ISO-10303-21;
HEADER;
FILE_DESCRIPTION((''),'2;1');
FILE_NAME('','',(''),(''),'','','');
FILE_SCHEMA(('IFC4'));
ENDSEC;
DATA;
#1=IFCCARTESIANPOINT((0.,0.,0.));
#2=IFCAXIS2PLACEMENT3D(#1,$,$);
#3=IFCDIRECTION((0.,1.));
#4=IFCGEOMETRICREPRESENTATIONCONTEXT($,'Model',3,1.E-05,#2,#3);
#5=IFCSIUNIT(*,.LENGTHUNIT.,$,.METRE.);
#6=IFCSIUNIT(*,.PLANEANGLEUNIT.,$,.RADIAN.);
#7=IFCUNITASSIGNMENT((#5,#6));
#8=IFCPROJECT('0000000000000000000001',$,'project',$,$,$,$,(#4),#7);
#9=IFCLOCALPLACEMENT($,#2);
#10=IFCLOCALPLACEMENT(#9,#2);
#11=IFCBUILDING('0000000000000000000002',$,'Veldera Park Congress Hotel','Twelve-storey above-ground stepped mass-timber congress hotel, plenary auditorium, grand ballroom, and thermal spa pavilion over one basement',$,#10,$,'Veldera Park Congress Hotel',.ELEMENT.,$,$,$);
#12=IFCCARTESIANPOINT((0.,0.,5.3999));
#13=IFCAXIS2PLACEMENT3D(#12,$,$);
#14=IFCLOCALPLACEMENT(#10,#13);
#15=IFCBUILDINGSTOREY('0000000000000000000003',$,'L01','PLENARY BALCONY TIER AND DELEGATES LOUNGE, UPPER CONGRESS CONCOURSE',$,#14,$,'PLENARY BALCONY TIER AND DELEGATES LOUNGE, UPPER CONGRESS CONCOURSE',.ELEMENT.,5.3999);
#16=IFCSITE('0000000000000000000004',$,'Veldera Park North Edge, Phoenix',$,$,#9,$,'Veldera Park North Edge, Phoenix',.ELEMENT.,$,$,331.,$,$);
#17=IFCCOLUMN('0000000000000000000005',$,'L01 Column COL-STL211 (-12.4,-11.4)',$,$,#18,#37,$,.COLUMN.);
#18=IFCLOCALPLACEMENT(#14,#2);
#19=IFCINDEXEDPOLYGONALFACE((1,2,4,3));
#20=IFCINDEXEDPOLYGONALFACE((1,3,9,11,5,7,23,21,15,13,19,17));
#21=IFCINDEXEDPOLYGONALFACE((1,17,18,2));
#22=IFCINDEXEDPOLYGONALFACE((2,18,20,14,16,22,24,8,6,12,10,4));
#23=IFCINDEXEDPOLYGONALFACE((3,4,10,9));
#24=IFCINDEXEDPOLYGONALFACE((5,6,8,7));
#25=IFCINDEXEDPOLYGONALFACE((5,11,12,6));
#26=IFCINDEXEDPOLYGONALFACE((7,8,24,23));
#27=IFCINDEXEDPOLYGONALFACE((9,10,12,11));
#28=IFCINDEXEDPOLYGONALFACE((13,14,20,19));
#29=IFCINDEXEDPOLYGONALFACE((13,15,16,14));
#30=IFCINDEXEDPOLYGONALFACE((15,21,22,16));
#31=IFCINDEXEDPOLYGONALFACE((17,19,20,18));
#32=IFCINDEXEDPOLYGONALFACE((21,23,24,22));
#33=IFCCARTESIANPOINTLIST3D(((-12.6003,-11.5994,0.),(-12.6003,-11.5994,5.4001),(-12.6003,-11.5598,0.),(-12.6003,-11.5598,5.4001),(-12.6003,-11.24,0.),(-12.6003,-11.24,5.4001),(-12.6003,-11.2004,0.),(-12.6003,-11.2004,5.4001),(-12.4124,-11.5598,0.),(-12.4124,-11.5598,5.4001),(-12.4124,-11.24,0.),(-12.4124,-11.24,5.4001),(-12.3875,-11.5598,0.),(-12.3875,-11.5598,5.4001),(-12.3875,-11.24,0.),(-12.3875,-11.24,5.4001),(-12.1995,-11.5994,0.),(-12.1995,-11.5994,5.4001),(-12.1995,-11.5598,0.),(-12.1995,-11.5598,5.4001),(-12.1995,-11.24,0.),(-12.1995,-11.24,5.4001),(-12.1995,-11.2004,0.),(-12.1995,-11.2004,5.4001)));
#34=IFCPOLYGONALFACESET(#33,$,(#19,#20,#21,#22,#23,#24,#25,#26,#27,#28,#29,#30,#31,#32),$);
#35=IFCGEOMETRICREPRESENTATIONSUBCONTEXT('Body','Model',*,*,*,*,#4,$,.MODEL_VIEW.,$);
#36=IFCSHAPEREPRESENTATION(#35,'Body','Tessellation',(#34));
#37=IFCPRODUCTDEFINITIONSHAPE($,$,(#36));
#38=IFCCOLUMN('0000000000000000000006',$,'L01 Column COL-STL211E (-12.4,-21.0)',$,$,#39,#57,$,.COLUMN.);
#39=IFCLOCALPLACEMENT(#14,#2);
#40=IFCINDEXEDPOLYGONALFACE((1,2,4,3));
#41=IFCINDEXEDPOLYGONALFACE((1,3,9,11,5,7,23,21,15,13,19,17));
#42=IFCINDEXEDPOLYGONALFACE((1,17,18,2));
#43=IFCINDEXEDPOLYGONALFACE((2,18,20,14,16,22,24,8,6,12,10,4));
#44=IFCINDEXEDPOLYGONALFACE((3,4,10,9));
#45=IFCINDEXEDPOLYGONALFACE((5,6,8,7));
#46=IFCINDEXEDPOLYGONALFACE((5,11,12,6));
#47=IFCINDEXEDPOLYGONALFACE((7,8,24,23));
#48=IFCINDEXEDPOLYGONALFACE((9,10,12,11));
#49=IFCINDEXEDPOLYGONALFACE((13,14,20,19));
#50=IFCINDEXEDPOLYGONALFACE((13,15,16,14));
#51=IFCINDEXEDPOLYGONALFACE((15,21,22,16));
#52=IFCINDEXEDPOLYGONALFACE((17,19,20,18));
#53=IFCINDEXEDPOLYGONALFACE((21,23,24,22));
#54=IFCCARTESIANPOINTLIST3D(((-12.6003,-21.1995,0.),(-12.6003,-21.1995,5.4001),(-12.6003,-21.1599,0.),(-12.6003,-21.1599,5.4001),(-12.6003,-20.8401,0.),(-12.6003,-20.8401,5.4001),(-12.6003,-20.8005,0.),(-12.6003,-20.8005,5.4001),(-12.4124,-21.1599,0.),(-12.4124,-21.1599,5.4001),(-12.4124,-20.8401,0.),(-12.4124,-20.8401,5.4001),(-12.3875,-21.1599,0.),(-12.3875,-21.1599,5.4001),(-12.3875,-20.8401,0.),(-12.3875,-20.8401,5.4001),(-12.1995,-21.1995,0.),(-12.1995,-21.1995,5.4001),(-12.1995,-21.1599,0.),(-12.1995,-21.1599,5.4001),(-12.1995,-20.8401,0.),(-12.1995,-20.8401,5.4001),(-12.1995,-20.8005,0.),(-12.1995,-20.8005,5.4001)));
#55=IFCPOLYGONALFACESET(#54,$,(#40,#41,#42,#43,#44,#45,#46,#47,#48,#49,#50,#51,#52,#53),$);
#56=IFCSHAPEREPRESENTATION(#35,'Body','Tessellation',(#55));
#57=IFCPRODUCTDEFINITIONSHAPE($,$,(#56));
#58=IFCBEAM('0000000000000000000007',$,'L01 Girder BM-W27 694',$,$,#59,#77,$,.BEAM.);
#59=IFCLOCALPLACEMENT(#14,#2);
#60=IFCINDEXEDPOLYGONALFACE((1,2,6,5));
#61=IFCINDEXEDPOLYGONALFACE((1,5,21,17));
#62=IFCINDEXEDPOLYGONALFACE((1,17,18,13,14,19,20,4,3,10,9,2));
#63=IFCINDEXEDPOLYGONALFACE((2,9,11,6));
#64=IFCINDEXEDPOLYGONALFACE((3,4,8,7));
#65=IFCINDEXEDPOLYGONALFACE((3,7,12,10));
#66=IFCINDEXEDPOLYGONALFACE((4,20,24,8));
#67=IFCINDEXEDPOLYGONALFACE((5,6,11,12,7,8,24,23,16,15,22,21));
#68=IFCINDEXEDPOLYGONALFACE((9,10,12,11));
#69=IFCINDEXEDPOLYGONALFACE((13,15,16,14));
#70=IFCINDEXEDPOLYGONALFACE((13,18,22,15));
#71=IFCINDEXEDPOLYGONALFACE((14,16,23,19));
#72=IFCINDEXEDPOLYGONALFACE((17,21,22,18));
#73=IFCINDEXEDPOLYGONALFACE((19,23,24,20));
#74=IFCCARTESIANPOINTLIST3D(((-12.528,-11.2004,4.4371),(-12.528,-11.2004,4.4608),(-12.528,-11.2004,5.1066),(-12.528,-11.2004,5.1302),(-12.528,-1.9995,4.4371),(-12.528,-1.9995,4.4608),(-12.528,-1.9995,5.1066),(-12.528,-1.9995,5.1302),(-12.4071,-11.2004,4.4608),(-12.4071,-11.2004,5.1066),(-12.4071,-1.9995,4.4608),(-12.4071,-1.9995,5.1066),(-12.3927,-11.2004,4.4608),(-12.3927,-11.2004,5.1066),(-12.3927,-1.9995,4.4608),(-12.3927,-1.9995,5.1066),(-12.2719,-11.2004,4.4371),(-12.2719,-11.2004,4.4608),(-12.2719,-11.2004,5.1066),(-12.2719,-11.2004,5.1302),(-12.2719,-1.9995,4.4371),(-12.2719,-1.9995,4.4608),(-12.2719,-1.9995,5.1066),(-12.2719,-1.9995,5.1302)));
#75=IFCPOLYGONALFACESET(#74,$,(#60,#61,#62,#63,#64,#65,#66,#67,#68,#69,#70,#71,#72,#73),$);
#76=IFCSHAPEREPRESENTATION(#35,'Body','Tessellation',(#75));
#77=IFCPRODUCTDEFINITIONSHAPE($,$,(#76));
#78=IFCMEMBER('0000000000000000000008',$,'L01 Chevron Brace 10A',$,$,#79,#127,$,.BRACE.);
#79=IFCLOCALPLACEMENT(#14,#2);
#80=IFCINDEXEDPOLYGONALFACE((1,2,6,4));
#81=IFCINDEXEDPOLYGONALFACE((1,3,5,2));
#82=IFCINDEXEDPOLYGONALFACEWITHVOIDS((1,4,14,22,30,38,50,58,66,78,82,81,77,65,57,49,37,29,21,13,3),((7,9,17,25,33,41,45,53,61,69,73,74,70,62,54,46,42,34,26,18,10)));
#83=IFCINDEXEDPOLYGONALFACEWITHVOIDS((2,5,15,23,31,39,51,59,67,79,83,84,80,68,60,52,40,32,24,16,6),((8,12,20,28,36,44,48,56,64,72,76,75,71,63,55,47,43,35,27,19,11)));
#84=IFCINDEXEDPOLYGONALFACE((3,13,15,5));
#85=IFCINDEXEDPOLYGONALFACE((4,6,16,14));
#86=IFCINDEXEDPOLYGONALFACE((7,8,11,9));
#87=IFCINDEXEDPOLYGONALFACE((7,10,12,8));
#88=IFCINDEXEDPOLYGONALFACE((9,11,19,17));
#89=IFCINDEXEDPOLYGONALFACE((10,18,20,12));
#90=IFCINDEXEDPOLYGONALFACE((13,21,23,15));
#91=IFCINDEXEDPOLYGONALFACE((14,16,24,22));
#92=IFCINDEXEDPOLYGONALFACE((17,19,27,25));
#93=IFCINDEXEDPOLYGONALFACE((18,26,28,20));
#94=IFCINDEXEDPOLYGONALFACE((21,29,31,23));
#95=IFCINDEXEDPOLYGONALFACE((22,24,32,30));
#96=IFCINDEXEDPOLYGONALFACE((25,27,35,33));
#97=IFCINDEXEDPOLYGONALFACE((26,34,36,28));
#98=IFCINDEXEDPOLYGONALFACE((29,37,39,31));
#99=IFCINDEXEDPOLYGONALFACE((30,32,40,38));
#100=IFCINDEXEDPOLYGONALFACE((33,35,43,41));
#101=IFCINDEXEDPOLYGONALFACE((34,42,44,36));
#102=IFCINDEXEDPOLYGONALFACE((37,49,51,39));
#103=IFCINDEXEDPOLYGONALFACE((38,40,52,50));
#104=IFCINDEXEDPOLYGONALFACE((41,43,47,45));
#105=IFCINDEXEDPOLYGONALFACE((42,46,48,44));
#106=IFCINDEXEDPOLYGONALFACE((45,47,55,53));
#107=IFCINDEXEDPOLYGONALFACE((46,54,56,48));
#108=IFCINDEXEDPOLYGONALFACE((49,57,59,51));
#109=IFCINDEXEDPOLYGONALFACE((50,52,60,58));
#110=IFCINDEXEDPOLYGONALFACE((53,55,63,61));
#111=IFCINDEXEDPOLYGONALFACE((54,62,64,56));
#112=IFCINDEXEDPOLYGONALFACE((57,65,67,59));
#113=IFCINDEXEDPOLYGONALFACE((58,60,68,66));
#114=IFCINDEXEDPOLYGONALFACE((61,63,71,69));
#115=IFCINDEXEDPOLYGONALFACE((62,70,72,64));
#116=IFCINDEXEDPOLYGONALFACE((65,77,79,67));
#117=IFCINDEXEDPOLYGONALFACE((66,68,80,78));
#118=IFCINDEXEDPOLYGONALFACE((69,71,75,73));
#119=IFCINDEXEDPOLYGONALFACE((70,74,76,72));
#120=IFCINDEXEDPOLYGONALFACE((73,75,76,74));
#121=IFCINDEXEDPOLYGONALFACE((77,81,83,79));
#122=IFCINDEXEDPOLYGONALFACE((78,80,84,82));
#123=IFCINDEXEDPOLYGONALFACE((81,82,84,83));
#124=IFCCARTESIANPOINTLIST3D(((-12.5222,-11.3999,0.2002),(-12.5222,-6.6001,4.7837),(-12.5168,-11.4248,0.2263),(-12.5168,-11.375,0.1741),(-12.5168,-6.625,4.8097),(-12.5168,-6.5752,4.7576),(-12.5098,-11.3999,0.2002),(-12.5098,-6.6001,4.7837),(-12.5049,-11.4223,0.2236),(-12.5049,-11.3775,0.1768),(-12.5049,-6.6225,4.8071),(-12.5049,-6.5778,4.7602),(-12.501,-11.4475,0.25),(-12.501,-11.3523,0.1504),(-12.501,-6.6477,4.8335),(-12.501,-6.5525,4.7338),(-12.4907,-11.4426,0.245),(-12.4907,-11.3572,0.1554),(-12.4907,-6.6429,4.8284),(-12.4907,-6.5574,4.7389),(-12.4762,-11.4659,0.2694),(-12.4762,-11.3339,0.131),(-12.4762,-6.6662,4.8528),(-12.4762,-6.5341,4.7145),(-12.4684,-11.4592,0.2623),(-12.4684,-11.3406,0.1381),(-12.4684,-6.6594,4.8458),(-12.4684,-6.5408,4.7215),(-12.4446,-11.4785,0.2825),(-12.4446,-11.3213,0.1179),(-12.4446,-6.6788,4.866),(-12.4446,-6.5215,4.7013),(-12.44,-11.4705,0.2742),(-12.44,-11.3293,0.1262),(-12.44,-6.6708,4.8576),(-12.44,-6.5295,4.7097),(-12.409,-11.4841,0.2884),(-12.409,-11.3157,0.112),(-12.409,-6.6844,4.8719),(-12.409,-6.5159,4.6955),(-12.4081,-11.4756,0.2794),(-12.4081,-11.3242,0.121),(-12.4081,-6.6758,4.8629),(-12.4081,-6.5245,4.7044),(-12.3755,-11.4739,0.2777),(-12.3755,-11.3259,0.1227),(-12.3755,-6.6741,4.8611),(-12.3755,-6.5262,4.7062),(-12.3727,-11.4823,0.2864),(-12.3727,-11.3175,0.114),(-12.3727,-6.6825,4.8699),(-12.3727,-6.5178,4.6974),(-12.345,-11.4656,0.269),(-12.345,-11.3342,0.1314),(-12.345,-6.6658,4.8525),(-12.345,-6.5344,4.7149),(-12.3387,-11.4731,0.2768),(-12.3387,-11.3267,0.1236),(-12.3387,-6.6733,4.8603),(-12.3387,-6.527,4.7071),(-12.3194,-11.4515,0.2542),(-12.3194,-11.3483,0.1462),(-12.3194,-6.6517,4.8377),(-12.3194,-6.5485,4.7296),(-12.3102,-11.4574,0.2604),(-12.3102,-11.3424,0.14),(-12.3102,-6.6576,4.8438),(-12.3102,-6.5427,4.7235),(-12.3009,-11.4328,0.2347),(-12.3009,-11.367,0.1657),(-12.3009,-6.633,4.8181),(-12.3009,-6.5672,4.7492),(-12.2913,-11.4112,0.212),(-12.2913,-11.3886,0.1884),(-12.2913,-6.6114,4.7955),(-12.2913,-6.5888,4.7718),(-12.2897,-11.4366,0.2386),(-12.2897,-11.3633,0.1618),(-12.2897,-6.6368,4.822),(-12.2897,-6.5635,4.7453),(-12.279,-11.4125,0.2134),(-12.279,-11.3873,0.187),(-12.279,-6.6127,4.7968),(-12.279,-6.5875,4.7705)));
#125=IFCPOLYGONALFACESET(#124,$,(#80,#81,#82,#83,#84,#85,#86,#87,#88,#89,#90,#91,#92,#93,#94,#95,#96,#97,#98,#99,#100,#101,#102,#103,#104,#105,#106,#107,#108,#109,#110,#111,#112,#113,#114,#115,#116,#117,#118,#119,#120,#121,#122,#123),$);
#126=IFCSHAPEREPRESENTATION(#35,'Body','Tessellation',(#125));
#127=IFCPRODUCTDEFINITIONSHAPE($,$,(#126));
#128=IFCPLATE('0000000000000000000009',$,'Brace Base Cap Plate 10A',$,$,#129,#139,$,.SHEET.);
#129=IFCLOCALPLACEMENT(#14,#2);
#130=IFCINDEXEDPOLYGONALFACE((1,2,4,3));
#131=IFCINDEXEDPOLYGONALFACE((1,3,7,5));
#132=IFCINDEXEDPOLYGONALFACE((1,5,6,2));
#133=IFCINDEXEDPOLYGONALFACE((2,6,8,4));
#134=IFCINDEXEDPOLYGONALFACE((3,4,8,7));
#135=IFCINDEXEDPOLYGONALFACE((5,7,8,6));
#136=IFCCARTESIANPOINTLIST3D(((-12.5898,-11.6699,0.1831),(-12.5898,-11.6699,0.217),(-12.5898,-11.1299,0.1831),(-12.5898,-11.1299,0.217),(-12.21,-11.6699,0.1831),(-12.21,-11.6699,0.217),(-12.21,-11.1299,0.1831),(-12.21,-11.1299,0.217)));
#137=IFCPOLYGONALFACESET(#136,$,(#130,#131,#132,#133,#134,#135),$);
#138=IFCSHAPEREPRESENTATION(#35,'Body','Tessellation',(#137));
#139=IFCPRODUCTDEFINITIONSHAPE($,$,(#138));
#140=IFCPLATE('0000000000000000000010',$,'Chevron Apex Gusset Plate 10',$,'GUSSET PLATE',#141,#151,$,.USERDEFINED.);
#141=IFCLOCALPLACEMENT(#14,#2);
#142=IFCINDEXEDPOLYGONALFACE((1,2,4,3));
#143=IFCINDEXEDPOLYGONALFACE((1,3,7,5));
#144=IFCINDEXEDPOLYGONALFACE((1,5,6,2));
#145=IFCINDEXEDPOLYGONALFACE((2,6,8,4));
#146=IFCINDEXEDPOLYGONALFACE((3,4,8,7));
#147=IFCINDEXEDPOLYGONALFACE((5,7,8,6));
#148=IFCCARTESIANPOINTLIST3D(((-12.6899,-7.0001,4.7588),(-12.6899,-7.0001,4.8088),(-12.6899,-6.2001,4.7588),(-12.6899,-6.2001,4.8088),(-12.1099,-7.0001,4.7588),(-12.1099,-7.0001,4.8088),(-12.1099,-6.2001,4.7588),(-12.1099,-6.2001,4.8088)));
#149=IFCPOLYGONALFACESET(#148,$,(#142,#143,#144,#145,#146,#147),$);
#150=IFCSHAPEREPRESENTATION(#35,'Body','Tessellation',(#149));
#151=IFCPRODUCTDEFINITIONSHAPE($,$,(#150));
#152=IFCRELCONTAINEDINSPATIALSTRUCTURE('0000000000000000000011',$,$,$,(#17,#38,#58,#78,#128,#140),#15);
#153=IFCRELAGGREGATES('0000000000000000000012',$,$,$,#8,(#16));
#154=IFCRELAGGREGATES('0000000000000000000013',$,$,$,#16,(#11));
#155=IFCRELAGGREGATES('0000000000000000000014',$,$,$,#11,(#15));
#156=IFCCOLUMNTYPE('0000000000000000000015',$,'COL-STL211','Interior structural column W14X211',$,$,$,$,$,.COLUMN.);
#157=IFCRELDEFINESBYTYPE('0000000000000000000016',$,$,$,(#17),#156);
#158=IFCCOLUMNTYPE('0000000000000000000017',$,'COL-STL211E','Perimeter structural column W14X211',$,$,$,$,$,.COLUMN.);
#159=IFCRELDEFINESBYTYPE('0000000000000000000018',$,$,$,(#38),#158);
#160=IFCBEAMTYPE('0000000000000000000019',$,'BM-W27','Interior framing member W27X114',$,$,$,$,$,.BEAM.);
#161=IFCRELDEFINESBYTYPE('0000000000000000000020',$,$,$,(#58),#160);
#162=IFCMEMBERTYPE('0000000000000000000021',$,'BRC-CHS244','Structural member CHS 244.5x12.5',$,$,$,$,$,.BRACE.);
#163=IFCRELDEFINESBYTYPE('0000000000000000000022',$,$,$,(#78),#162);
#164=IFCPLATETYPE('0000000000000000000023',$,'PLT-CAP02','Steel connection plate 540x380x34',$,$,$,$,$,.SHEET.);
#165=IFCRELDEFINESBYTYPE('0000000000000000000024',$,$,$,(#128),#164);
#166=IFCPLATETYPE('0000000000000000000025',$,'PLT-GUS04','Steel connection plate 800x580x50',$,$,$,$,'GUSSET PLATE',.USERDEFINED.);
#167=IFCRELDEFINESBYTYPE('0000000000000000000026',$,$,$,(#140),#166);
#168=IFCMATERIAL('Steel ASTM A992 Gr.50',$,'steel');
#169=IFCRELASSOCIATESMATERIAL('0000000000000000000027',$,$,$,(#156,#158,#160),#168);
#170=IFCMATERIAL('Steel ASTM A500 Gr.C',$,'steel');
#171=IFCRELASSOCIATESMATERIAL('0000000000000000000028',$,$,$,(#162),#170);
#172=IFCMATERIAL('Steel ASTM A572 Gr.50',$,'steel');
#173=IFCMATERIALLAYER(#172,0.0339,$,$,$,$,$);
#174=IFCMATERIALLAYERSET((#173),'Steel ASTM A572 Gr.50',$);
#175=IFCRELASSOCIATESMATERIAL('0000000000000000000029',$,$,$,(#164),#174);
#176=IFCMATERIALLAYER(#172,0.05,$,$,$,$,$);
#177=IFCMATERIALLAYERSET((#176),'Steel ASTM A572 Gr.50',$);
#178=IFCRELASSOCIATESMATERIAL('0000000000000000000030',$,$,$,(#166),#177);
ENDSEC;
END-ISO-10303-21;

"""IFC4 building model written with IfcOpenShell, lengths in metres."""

from ifc_helpers import new_model, si_unit, direction, frame, origin, origin_2d, place, context, subcontext, project, spatial, rectangle, hollow_circle, i_section, extrude, material, layer, layer_set, material_profile, profile_set, type_object, element, save


model = new_model("IFC4")

# Units and contexts
model_context = context("Model", 3, precision=1e-05, world=origin(), true_north=direction((0.0, 1.0)))
body_context = subcontext(model_context, "Body", "Model", "MODEL_VIEW")
ifc_project = project(units=[si_unit("LENGTHUNIT", "METRE"), si_unit("PLANEANGLEUNIT", "RADIAN")], contexts=[model_context])

# Site, building, storey
site_placement = place(None, origin())
site = spatial("IfcSite", under=ifc_project, at=site_placement, Name="Veldera Park North Edge, Phoenix", LongName="Veldera Park North Edge, Phoenix", CompositionType="ELEMENT", RefElevation=331.0)
building_placement = place(site_placement, origin())
building = spatial("IfcBuilding", under=site, at=building_placement, Name="Veldera Park Congress Hotel", Description="Twelve-storey above-ground stepped mass-timber congress hotel, plenary auditorium, grand ballroom, and thermal spa pavilion over one basement", LongName="Veldera Park Congress Hotel", CompositionType="ELEMENT")
storey_placement = place(building_placement, frame((0.0, 0.0, 5.3999)))
storey = spatial("IfcBuildingStorey", under=building, at=storey_placement, Name="L01", Description="PLENARY BALCONY TIER AND DELEGATES LOUNGE, UPPER CONGRESS CONCOURSE", LongName="PLENARY BALCONY TIER AND DELEGATES LOUNGE, UPPER CONGRESS CONCOURSE", CompositionType="ELEMENT", Elevation=5.3999)

# Columns
ifc_material_1 = material(Name="Steel ASTM A992 Gr.50", Category="steel")
ifc_material_profile_1 = material_profile(ifc_material_1, i_section(OverallWidth=0.4009, OverallDepth=0.3989, WebThickness=0.0249, FlangeThickness=0.0396, at=origin_2d()), Name="W14X211")
ifc_profile_set_1 = profile_set([ifc_material_profile_1], Name="Steel ASTM A992 Gr.50")
column_type_1 = type_object("IfcColumnType", Name="COL-STL211", Description="Interior structural column W14X211", PredefinedType="COLUMN", material=ifc_profile_set_1)
column_1_placement = place(storey_placement, frame((-12.3999, -11.3999, 0.0), z_axis=(0.0, 0.0, 1.0), x_axis=(1.0, 0.0, 0.0)))
element("IfcColumn", 1, at=column_1_placement, inside=storey, type_object=column_type_1, Name="L01 Column COL-STL211 (-12.4,-11.4)", PredefinedType="COLUMN", context=body_context, shape_type="SweptSolid", body=[
    extrude(i_section(OverallWidth=0.4009, OverallDepth=0.3989, WebThickness=0.0249, FlangeThickness=0.0396, at=origin_2d()), origin(), (0.0, 0.0, 1.0), 5.4001),
])
ifc_material_profile_2 = material_profile(ifc_material_1, i_section(OverallWidth=0.4009, OverallDepth=0.3989, WebThickness=0.0249, FlangeThickness=0.0396, at=origin_2d()), Name="W14X211")
ifc_profile_set_2 = profile_set([ifc_material_profile_2], Name="Steel ASTM A992 Gr.50")
column_type_2 = type_object("IfcColumnType", Name="COL-STL211E", Description="Perimeter structural column W14X211", PredefinedType="COLUMN", material=ifc_profile_set_2)
column_2_placement = place(storey_placement, frame((-12.3999, -21.0, 0.0), z_axis=(0.0, 0.0, 1.0), x_axis=(1.0, 0.0, 0.0)))
element("IfcColumn", 2, at=column_2_placement, inside=storey, type_object=column_type_2, Name="L01 Column COL-STL211E (-12.4,-21.0)", PredefinedType="COLUMN", context=body_context, shape_type="SweptSolid", body=[
    extrude(i_section(OverallWidth=0.4009, OverallDepth=0.3989, WebThickness=0.0249, FlangeThickness=0.0396, at=origin_2d()), origin(), (0.0, 0.0, 1.0), 5.4001),
])

# Beam
ifc_material_profile_3 = material_profile(ifc_material_1, i_section(OverallWidth=0.2561, OverallDepth=0.6931, WebThickness=0.0144, FlangeThickness=0.0237, at=origin_2d()), Name="W27X114")
ifc_profile_set_3 = profile_set([ifc_material_profile_3], Name="Steel ASTM A992 Gr.50")
beam_type = type_object("IfcBeamType", Name="BM-W27", Description="Interior framing member W27X114", PredefinedType="BEAM", material=ifc_profile_set_3)
beam_placement = place(storey_placement, frame((-12.3999, -11.2004, 4.7837), z_axis=(0.0, 1.0, 0.0), x_axis=(-1.0, 0.0, 0.0)))
element("IfcBeam", 3, at=beam_placement, inside=storey, type_object=beam_type, Name="L01 Girder BM-W27 694", PredefinedType="BEAM", context=body_context, shape_type="SweptSolid", body=[
    extrude(i_section(OverallWidth=0.2561, OverallDepth=0.6931, WebThickness=0.0144, FlangeThickness=0.0237, at=origin_2d()), origin(), (0.0, 0.0, 1.0), 9.2009),
])

# Member
ifc_material_2 = material(Name="Steel ASTM A500 Gr.C", Category="steel")
ifc_material_profile_4 = material_profile(ifc_material_2, hollow_circle(Radius=0.1223, WallThickness=0.0125, at=origin_2d()), Name="CHS 244.5x12.5")
ifc_profile_set_4 = profile_set([ifc_material_profile_4], Name="Steel ASTM A500 Gr.C")
member_type = type_object("IfcMemberType", Name="BRC-CHS244", Description="Structural member CHS 244.5x12.5", PredefinedType="BRACE", material=ifc_profile_set_4)
member_placement = place(storey_placement, frame((-12.3999, -11.3999, 0.2002), z_axis=(0.0, 0.723215, 0.690623), x_axis=(-1.0, 0.0, 0.0)))
element("IfcMember", 4, at=member_placement, inside=storey, type_object=member_type, Name="L01 Chevron Brace 10A", PredefinedType="BRACE", context=body_context, shape_type="SweptSolid", body=[
    extrude(hollow_circle(Radius=0.1223, WallThickness=0.0125, at=origin_2d()), origin(), (0.0, 0.0, 1.0), 6.6367),
])

# Plates
ifc_material_3 = material(Name="Steel ASTM A572 Gr.50", Category="steel")
ifc_layer_1 = layer(ifc_material_3, 0.0339)
ifc_layer_set_1 = layer_set([ifc_layer_1], Name="Steel ASTM A572 Gr.50")
plate_type_1 = type_object("IfcPlateType", Name="PLT-CAP02", Description="Steel connection plate 540x380x34", PredefinedType="SHEET", material=ifc_layer_set_1)
plate_1_placement = place(storey_placement, frame((-12.3999, -11.3999, 0.1831), z_axis=(0.0, 0.0, 1.0), x_axis=(0.0, 1.0, 0.0)))
element("IfcPlate", 5, at=plate_1_placement, inside=storey, type_object=plate_type_1, Name="Brace Base Cap Plate 10A", PredefinedType="SHEET", context=body_context, shape_type="SweptSolid", body=[
    extrude(rectangle(XDim=0.54, YDim=0.3799, at=origin_2d()), origin(), (0.0, 0.0, 1.0), 0.0339),
])
ifc_layer_2 = layer(ifc_material_3, 0.05)
ifc_layer_set_2 = layer_set([ifc_layer_2], Name="Steel ASTM A572 Gr.50")
plate_type_2 = type_object("IfcPlateType", Name="PLT-GUS04", Description="Steel connection plate 800x580x50", ElementType="GUSSET PLATE", PredefinedType="USERDEFINED", material=ifc_layer_set_2)
plate_2_placement = place(storey_placement, frame((-12.3999, -6.6001, 4.7588), z_axis=(0.0, 0.0, 1.0), x_axis=(0.0, 1.0, 0.0)))
element("IfcPlate", 6, at=plate_2_placement, inside=storey, type_object=plate_type_2, Name="Chevron Apex Gusset Plate 10", ObjectType="GUSSET PLATE", PredefinedType="USERDEFINED", context=body_context, shape_type="SweptSolid", body=[
    extrude(rectangle(XDim=0.8, YDim=0.5801, at=origin_2d()), origin(), (0.0, 0.0, 1.0), 0.05),
])

save(model, "model.ifc")
